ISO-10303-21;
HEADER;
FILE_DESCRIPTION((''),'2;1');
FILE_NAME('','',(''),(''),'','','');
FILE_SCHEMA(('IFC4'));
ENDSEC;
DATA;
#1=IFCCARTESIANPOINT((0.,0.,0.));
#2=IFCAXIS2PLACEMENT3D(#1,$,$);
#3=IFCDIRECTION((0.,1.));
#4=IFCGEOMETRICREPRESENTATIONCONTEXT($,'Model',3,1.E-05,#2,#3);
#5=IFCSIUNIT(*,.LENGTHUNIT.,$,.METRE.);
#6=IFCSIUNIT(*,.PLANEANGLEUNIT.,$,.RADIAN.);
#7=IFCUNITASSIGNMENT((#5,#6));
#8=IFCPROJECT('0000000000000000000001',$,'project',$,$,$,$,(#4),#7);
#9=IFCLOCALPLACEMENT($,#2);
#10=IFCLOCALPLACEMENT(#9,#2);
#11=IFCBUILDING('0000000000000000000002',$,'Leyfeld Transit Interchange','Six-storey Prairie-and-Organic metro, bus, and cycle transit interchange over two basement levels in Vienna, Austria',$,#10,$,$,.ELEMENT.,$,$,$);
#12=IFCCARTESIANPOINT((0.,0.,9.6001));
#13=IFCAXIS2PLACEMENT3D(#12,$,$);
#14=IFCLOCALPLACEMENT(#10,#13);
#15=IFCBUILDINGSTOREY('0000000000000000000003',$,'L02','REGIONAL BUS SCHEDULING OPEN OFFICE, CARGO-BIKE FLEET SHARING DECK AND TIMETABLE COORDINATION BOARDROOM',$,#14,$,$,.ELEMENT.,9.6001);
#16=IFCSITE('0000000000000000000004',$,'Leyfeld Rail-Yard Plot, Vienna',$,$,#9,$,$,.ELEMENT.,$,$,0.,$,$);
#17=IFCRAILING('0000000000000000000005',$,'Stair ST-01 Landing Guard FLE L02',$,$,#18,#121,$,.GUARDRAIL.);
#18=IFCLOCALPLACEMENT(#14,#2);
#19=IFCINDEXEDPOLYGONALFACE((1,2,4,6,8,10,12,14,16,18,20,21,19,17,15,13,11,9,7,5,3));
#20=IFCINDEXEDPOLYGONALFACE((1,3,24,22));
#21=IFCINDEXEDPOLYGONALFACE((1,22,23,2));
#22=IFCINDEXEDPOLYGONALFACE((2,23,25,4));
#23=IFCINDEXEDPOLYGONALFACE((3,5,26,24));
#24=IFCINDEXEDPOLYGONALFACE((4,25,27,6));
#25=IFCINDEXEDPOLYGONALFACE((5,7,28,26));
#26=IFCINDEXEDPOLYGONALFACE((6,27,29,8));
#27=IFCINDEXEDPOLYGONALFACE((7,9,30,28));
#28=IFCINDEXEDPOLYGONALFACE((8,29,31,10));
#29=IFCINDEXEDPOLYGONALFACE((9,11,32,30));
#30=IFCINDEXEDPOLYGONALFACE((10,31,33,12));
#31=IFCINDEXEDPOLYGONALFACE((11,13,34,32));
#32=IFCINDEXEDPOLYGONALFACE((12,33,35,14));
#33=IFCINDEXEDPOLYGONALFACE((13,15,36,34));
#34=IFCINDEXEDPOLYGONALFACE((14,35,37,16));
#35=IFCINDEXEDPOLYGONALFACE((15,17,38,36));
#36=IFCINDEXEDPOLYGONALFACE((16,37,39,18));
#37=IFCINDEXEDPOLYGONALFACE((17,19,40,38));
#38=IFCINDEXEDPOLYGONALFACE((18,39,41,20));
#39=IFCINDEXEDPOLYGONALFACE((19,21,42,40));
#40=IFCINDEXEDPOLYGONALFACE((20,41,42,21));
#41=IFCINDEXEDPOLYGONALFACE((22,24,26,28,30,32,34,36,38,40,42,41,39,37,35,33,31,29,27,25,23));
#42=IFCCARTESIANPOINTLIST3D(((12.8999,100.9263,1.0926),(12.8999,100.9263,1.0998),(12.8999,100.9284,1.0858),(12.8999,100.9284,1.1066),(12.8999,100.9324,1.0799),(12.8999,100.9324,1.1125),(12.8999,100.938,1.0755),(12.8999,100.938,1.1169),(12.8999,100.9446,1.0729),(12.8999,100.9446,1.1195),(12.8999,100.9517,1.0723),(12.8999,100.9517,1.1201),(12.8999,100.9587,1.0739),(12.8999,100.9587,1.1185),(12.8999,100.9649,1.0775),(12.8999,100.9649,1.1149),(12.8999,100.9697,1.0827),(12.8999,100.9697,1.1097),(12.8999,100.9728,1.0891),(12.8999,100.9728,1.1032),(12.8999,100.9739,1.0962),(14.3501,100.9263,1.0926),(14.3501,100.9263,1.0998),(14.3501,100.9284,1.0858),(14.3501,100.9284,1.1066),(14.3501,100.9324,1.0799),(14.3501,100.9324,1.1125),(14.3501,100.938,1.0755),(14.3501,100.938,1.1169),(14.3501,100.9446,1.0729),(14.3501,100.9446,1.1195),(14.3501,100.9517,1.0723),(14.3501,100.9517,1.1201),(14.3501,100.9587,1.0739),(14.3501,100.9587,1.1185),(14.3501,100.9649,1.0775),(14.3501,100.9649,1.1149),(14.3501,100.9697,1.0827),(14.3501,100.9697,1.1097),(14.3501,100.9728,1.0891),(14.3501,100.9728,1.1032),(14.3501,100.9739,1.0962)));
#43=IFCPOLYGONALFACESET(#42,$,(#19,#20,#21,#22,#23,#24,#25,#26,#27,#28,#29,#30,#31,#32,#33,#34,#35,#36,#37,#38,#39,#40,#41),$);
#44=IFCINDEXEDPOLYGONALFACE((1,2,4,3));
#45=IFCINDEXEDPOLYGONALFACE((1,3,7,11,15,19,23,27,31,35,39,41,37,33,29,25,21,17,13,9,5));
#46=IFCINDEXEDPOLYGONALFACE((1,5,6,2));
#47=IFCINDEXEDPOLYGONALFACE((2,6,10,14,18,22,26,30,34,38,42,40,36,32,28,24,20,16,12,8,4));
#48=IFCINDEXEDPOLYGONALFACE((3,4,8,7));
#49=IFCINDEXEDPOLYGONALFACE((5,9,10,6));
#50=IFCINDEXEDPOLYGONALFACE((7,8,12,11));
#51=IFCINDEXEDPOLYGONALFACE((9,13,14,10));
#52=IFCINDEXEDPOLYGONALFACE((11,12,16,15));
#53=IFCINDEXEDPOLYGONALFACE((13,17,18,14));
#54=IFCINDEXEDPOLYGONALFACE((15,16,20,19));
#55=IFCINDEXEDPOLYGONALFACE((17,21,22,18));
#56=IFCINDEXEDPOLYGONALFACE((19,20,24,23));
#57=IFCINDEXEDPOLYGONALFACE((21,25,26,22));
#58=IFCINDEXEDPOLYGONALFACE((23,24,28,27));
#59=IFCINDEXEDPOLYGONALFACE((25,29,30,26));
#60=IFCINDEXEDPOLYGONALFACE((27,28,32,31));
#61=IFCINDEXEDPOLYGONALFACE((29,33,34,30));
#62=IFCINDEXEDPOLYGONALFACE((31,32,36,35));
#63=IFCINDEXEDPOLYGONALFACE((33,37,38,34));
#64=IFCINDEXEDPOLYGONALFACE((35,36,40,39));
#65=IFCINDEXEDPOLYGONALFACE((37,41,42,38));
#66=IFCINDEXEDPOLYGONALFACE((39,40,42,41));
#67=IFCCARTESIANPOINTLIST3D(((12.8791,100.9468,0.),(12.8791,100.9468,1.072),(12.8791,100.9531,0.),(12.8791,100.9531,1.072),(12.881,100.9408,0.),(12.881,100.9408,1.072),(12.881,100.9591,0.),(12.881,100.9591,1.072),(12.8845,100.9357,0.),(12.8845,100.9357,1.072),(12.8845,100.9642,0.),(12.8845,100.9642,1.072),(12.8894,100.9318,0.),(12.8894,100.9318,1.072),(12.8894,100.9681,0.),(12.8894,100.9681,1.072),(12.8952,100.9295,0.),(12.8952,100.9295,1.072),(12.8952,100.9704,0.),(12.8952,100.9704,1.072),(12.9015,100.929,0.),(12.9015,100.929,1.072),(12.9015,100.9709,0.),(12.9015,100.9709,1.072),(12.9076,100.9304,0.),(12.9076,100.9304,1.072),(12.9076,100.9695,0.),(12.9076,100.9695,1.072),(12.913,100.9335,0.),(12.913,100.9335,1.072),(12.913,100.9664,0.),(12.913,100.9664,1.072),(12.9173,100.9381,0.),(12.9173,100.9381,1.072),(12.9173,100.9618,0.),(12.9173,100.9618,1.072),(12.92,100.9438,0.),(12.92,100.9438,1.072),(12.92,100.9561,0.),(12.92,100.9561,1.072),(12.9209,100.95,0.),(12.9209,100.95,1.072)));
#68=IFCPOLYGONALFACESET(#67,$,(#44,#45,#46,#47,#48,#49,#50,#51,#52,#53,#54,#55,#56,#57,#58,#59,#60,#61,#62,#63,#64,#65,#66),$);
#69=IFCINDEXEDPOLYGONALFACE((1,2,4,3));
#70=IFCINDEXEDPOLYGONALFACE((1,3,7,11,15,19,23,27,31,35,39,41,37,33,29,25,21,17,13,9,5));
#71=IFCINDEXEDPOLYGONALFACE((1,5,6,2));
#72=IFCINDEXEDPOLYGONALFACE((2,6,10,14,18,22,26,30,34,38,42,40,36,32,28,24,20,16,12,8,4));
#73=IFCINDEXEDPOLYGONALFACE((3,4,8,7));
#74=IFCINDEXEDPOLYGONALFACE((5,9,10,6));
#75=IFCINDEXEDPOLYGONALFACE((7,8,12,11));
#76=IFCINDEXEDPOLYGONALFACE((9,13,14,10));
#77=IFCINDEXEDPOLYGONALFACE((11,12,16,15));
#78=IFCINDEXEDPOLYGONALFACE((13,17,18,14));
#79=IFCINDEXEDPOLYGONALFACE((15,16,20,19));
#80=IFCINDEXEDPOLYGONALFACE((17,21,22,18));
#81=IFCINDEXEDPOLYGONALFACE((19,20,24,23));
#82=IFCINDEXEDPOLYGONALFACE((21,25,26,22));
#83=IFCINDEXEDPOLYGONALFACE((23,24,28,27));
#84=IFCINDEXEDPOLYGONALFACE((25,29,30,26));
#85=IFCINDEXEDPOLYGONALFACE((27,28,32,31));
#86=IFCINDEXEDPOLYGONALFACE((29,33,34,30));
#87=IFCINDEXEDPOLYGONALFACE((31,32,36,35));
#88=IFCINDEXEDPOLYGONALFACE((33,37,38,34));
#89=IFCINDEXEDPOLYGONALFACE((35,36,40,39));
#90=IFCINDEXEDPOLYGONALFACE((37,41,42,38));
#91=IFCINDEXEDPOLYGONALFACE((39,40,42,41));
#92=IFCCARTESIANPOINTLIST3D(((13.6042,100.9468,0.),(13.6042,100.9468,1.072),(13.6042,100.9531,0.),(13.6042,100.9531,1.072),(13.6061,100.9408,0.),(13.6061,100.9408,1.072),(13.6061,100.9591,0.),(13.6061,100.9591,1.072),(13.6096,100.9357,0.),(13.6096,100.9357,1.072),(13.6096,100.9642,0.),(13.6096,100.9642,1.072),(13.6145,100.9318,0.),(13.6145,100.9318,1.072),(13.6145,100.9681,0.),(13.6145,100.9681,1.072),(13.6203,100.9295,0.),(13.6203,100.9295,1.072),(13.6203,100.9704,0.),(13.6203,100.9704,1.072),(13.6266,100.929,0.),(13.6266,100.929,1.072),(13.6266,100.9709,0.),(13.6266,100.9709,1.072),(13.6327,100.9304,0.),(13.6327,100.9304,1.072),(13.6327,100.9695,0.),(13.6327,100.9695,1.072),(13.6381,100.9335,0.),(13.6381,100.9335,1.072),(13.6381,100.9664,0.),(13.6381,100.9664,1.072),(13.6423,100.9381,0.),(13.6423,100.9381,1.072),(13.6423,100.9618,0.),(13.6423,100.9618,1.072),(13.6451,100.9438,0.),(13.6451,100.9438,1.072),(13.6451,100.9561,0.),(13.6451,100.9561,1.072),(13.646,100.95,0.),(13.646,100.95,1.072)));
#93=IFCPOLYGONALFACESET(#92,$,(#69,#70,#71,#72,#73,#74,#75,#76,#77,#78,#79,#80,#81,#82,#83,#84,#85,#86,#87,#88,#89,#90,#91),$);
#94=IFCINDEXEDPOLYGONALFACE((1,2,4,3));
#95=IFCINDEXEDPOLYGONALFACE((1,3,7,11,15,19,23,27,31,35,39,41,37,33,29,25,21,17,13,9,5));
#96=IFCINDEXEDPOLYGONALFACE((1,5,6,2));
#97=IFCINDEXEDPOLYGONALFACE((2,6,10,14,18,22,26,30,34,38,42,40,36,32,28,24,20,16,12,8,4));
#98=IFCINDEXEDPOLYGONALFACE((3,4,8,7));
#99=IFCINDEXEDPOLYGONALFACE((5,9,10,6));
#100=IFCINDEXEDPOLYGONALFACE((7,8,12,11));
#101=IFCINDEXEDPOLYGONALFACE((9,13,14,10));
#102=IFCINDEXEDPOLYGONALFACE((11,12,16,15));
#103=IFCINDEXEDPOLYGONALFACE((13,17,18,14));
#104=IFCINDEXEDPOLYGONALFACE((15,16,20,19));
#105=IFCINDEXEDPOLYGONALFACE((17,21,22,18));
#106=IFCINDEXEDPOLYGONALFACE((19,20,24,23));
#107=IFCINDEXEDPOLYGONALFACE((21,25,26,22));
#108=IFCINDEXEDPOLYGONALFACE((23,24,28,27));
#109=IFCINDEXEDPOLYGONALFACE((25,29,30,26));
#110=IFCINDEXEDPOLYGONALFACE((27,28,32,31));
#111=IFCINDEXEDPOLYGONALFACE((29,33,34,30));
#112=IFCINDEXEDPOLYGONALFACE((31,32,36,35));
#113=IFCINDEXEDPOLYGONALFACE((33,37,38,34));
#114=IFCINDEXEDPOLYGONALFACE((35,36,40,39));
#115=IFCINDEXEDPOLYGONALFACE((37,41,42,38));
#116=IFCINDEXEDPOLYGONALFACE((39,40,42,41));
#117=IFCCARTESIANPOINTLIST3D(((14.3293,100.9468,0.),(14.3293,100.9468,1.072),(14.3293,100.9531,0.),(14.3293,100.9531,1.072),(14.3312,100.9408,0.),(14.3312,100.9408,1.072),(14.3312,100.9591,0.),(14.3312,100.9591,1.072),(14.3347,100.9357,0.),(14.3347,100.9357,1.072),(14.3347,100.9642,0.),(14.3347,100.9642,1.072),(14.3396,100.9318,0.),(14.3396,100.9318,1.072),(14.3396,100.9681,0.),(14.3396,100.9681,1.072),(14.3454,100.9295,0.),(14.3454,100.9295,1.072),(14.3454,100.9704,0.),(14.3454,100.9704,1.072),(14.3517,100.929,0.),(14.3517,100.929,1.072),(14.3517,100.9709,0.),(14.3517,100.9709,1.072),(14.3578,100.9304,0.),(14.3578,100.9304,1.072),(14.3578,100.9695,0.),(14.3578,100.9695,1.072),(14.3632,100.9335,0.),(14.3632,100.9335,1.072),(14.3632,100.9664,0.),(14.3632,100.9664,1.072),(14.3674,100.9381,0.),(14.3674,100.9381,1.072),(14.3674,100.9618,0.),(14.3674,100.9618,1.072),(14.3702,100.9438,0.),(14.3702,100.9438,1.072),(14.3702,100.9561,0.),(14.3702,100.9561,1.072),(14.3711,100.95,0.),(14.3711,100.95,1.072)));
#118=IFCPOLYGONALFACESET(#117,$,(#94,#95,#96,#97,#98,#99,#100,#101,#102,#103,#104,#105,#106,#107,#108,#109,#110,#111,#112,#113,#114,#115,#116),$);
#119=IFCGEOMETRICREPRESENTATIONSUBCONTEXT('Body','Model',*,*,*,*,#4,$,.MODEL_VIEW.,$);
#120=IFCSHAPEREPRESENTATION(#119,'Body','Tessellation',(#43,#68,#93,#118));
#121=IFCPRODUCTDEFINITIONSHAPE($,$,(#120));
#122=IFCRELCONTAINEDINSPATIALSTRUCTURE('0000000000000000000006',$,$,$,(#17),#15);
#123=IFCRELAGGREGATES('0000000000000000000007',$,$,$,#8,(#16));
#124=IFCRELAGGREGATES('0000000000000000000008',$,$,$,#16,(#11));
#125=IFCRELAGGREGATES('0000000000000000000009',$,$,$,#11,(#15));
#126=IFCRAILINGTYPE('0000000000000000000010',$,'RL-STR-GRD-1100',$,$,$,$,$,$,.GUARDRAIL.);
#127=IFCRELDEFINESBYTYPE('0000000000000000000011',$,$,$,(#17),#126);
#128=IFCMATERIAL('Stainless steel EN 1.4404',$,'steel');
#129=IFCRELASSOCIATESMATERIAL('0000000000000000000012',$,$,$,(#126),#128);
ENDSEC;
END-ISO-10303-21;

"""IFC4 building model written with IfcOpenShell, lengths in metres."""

from ifc_helpers import new_model, si_unit, direction, frame, origin, origin_2d, place, context, subcontext, project, spatial, circle, extrude, material, type_object, element, save


model = new_model("IFC4")

# Units and contexts
model_context = context("Model", 3, precision=1e-05, world=origin(), true_north=direction((0.0, 1.0)))
body_context = subcontext(model_context, "Body", "Model", "MODEL_VIEW")
ifc_project = project(units=[si_unit("LENGTHUNIT", "METRE"), si_unit("PLANEANGLEUNIT", "RADIAN")], contexts=[model_context])

# Site, building, storey
site_placement = place(None, origin())
site = spatial("IfcSite", under=ifc_project, at=site_placement, Name="Leyfeld Rail-Yard Plot, Vienna", CompositionType="ELEMENT", RefElevation=0.0)
building_placement = place(site_placement, origin())
building = spatial("IfcBuilding", under=site, at=building_placement, Name="Leyfeld Transit Interchange", Description="Six-storey Prairie-and-Organic metro, bus, and cycle transit interchange over two basement levels in Vienna, Austria", CompositionType="ELEMENT")
storey_placement = place(building_placement, frame((0.0, 0.0, 9.6001)))
storey = spatial("IfcBuildingStorey", under=building, at=storey_placement, Name="L02", Description="REGIONAL BUS SCHEDULING OPEN OFFICE, CARGO-BIKE FLEET SHARING DECK AND TIMETABLE COORDINATION BOARDROOM", CompositionType="ELEMENT", Elevation=9.6001)

# Shared definitions
ifc_material_1 = material(Name="Stainless steel EN 1.4404", Category="steel")

# Railing
railing_type_1 = type_object("IfcRailingType", Name="RL-STR-GRD-1100", PredefinedType="GUARDRAIL", material=ifc_material_1)
railing_1_placement = place(storey_placement, frame((12.8999, 100.95, 0.0)))
element("IfcRailing", 1, at=railing_1_placement, inside=storey, type_object=railing_type_1, Name="Stair ST-01 Landing Guard FLE L02", PredefinedType="GUARDRAIL", context=body_context, shape_type="SweptSolid", body=[
    extrude(circle(Radius=0.0239, at=origin_2d()), frame((0.0, 0.0, 1.0962), z_axis=(1.0, 0.0, 0.0), x_axis=(0.0, 1.0, 0.0)), (0.0, 0.0, 1.0), 1.4502),
    extrude(circle(Radius=0.021, at=origin_2d()), origin(), (0.0, 0.0, 1.0), 1.072),
    extrude(circle(Radius=0.021, at=origin_2d()), frame((0.7251, 0.0, 0.0)), (0.0, 0.0, 1.0), 1.072),
    extrude(circle(Radius=0.021, at=origin_2d()), frame((1.4502, 0.0, 0.0)), (0.0, 0.0, 1.0), 1.072),
])

save(model, "model.ifc")
